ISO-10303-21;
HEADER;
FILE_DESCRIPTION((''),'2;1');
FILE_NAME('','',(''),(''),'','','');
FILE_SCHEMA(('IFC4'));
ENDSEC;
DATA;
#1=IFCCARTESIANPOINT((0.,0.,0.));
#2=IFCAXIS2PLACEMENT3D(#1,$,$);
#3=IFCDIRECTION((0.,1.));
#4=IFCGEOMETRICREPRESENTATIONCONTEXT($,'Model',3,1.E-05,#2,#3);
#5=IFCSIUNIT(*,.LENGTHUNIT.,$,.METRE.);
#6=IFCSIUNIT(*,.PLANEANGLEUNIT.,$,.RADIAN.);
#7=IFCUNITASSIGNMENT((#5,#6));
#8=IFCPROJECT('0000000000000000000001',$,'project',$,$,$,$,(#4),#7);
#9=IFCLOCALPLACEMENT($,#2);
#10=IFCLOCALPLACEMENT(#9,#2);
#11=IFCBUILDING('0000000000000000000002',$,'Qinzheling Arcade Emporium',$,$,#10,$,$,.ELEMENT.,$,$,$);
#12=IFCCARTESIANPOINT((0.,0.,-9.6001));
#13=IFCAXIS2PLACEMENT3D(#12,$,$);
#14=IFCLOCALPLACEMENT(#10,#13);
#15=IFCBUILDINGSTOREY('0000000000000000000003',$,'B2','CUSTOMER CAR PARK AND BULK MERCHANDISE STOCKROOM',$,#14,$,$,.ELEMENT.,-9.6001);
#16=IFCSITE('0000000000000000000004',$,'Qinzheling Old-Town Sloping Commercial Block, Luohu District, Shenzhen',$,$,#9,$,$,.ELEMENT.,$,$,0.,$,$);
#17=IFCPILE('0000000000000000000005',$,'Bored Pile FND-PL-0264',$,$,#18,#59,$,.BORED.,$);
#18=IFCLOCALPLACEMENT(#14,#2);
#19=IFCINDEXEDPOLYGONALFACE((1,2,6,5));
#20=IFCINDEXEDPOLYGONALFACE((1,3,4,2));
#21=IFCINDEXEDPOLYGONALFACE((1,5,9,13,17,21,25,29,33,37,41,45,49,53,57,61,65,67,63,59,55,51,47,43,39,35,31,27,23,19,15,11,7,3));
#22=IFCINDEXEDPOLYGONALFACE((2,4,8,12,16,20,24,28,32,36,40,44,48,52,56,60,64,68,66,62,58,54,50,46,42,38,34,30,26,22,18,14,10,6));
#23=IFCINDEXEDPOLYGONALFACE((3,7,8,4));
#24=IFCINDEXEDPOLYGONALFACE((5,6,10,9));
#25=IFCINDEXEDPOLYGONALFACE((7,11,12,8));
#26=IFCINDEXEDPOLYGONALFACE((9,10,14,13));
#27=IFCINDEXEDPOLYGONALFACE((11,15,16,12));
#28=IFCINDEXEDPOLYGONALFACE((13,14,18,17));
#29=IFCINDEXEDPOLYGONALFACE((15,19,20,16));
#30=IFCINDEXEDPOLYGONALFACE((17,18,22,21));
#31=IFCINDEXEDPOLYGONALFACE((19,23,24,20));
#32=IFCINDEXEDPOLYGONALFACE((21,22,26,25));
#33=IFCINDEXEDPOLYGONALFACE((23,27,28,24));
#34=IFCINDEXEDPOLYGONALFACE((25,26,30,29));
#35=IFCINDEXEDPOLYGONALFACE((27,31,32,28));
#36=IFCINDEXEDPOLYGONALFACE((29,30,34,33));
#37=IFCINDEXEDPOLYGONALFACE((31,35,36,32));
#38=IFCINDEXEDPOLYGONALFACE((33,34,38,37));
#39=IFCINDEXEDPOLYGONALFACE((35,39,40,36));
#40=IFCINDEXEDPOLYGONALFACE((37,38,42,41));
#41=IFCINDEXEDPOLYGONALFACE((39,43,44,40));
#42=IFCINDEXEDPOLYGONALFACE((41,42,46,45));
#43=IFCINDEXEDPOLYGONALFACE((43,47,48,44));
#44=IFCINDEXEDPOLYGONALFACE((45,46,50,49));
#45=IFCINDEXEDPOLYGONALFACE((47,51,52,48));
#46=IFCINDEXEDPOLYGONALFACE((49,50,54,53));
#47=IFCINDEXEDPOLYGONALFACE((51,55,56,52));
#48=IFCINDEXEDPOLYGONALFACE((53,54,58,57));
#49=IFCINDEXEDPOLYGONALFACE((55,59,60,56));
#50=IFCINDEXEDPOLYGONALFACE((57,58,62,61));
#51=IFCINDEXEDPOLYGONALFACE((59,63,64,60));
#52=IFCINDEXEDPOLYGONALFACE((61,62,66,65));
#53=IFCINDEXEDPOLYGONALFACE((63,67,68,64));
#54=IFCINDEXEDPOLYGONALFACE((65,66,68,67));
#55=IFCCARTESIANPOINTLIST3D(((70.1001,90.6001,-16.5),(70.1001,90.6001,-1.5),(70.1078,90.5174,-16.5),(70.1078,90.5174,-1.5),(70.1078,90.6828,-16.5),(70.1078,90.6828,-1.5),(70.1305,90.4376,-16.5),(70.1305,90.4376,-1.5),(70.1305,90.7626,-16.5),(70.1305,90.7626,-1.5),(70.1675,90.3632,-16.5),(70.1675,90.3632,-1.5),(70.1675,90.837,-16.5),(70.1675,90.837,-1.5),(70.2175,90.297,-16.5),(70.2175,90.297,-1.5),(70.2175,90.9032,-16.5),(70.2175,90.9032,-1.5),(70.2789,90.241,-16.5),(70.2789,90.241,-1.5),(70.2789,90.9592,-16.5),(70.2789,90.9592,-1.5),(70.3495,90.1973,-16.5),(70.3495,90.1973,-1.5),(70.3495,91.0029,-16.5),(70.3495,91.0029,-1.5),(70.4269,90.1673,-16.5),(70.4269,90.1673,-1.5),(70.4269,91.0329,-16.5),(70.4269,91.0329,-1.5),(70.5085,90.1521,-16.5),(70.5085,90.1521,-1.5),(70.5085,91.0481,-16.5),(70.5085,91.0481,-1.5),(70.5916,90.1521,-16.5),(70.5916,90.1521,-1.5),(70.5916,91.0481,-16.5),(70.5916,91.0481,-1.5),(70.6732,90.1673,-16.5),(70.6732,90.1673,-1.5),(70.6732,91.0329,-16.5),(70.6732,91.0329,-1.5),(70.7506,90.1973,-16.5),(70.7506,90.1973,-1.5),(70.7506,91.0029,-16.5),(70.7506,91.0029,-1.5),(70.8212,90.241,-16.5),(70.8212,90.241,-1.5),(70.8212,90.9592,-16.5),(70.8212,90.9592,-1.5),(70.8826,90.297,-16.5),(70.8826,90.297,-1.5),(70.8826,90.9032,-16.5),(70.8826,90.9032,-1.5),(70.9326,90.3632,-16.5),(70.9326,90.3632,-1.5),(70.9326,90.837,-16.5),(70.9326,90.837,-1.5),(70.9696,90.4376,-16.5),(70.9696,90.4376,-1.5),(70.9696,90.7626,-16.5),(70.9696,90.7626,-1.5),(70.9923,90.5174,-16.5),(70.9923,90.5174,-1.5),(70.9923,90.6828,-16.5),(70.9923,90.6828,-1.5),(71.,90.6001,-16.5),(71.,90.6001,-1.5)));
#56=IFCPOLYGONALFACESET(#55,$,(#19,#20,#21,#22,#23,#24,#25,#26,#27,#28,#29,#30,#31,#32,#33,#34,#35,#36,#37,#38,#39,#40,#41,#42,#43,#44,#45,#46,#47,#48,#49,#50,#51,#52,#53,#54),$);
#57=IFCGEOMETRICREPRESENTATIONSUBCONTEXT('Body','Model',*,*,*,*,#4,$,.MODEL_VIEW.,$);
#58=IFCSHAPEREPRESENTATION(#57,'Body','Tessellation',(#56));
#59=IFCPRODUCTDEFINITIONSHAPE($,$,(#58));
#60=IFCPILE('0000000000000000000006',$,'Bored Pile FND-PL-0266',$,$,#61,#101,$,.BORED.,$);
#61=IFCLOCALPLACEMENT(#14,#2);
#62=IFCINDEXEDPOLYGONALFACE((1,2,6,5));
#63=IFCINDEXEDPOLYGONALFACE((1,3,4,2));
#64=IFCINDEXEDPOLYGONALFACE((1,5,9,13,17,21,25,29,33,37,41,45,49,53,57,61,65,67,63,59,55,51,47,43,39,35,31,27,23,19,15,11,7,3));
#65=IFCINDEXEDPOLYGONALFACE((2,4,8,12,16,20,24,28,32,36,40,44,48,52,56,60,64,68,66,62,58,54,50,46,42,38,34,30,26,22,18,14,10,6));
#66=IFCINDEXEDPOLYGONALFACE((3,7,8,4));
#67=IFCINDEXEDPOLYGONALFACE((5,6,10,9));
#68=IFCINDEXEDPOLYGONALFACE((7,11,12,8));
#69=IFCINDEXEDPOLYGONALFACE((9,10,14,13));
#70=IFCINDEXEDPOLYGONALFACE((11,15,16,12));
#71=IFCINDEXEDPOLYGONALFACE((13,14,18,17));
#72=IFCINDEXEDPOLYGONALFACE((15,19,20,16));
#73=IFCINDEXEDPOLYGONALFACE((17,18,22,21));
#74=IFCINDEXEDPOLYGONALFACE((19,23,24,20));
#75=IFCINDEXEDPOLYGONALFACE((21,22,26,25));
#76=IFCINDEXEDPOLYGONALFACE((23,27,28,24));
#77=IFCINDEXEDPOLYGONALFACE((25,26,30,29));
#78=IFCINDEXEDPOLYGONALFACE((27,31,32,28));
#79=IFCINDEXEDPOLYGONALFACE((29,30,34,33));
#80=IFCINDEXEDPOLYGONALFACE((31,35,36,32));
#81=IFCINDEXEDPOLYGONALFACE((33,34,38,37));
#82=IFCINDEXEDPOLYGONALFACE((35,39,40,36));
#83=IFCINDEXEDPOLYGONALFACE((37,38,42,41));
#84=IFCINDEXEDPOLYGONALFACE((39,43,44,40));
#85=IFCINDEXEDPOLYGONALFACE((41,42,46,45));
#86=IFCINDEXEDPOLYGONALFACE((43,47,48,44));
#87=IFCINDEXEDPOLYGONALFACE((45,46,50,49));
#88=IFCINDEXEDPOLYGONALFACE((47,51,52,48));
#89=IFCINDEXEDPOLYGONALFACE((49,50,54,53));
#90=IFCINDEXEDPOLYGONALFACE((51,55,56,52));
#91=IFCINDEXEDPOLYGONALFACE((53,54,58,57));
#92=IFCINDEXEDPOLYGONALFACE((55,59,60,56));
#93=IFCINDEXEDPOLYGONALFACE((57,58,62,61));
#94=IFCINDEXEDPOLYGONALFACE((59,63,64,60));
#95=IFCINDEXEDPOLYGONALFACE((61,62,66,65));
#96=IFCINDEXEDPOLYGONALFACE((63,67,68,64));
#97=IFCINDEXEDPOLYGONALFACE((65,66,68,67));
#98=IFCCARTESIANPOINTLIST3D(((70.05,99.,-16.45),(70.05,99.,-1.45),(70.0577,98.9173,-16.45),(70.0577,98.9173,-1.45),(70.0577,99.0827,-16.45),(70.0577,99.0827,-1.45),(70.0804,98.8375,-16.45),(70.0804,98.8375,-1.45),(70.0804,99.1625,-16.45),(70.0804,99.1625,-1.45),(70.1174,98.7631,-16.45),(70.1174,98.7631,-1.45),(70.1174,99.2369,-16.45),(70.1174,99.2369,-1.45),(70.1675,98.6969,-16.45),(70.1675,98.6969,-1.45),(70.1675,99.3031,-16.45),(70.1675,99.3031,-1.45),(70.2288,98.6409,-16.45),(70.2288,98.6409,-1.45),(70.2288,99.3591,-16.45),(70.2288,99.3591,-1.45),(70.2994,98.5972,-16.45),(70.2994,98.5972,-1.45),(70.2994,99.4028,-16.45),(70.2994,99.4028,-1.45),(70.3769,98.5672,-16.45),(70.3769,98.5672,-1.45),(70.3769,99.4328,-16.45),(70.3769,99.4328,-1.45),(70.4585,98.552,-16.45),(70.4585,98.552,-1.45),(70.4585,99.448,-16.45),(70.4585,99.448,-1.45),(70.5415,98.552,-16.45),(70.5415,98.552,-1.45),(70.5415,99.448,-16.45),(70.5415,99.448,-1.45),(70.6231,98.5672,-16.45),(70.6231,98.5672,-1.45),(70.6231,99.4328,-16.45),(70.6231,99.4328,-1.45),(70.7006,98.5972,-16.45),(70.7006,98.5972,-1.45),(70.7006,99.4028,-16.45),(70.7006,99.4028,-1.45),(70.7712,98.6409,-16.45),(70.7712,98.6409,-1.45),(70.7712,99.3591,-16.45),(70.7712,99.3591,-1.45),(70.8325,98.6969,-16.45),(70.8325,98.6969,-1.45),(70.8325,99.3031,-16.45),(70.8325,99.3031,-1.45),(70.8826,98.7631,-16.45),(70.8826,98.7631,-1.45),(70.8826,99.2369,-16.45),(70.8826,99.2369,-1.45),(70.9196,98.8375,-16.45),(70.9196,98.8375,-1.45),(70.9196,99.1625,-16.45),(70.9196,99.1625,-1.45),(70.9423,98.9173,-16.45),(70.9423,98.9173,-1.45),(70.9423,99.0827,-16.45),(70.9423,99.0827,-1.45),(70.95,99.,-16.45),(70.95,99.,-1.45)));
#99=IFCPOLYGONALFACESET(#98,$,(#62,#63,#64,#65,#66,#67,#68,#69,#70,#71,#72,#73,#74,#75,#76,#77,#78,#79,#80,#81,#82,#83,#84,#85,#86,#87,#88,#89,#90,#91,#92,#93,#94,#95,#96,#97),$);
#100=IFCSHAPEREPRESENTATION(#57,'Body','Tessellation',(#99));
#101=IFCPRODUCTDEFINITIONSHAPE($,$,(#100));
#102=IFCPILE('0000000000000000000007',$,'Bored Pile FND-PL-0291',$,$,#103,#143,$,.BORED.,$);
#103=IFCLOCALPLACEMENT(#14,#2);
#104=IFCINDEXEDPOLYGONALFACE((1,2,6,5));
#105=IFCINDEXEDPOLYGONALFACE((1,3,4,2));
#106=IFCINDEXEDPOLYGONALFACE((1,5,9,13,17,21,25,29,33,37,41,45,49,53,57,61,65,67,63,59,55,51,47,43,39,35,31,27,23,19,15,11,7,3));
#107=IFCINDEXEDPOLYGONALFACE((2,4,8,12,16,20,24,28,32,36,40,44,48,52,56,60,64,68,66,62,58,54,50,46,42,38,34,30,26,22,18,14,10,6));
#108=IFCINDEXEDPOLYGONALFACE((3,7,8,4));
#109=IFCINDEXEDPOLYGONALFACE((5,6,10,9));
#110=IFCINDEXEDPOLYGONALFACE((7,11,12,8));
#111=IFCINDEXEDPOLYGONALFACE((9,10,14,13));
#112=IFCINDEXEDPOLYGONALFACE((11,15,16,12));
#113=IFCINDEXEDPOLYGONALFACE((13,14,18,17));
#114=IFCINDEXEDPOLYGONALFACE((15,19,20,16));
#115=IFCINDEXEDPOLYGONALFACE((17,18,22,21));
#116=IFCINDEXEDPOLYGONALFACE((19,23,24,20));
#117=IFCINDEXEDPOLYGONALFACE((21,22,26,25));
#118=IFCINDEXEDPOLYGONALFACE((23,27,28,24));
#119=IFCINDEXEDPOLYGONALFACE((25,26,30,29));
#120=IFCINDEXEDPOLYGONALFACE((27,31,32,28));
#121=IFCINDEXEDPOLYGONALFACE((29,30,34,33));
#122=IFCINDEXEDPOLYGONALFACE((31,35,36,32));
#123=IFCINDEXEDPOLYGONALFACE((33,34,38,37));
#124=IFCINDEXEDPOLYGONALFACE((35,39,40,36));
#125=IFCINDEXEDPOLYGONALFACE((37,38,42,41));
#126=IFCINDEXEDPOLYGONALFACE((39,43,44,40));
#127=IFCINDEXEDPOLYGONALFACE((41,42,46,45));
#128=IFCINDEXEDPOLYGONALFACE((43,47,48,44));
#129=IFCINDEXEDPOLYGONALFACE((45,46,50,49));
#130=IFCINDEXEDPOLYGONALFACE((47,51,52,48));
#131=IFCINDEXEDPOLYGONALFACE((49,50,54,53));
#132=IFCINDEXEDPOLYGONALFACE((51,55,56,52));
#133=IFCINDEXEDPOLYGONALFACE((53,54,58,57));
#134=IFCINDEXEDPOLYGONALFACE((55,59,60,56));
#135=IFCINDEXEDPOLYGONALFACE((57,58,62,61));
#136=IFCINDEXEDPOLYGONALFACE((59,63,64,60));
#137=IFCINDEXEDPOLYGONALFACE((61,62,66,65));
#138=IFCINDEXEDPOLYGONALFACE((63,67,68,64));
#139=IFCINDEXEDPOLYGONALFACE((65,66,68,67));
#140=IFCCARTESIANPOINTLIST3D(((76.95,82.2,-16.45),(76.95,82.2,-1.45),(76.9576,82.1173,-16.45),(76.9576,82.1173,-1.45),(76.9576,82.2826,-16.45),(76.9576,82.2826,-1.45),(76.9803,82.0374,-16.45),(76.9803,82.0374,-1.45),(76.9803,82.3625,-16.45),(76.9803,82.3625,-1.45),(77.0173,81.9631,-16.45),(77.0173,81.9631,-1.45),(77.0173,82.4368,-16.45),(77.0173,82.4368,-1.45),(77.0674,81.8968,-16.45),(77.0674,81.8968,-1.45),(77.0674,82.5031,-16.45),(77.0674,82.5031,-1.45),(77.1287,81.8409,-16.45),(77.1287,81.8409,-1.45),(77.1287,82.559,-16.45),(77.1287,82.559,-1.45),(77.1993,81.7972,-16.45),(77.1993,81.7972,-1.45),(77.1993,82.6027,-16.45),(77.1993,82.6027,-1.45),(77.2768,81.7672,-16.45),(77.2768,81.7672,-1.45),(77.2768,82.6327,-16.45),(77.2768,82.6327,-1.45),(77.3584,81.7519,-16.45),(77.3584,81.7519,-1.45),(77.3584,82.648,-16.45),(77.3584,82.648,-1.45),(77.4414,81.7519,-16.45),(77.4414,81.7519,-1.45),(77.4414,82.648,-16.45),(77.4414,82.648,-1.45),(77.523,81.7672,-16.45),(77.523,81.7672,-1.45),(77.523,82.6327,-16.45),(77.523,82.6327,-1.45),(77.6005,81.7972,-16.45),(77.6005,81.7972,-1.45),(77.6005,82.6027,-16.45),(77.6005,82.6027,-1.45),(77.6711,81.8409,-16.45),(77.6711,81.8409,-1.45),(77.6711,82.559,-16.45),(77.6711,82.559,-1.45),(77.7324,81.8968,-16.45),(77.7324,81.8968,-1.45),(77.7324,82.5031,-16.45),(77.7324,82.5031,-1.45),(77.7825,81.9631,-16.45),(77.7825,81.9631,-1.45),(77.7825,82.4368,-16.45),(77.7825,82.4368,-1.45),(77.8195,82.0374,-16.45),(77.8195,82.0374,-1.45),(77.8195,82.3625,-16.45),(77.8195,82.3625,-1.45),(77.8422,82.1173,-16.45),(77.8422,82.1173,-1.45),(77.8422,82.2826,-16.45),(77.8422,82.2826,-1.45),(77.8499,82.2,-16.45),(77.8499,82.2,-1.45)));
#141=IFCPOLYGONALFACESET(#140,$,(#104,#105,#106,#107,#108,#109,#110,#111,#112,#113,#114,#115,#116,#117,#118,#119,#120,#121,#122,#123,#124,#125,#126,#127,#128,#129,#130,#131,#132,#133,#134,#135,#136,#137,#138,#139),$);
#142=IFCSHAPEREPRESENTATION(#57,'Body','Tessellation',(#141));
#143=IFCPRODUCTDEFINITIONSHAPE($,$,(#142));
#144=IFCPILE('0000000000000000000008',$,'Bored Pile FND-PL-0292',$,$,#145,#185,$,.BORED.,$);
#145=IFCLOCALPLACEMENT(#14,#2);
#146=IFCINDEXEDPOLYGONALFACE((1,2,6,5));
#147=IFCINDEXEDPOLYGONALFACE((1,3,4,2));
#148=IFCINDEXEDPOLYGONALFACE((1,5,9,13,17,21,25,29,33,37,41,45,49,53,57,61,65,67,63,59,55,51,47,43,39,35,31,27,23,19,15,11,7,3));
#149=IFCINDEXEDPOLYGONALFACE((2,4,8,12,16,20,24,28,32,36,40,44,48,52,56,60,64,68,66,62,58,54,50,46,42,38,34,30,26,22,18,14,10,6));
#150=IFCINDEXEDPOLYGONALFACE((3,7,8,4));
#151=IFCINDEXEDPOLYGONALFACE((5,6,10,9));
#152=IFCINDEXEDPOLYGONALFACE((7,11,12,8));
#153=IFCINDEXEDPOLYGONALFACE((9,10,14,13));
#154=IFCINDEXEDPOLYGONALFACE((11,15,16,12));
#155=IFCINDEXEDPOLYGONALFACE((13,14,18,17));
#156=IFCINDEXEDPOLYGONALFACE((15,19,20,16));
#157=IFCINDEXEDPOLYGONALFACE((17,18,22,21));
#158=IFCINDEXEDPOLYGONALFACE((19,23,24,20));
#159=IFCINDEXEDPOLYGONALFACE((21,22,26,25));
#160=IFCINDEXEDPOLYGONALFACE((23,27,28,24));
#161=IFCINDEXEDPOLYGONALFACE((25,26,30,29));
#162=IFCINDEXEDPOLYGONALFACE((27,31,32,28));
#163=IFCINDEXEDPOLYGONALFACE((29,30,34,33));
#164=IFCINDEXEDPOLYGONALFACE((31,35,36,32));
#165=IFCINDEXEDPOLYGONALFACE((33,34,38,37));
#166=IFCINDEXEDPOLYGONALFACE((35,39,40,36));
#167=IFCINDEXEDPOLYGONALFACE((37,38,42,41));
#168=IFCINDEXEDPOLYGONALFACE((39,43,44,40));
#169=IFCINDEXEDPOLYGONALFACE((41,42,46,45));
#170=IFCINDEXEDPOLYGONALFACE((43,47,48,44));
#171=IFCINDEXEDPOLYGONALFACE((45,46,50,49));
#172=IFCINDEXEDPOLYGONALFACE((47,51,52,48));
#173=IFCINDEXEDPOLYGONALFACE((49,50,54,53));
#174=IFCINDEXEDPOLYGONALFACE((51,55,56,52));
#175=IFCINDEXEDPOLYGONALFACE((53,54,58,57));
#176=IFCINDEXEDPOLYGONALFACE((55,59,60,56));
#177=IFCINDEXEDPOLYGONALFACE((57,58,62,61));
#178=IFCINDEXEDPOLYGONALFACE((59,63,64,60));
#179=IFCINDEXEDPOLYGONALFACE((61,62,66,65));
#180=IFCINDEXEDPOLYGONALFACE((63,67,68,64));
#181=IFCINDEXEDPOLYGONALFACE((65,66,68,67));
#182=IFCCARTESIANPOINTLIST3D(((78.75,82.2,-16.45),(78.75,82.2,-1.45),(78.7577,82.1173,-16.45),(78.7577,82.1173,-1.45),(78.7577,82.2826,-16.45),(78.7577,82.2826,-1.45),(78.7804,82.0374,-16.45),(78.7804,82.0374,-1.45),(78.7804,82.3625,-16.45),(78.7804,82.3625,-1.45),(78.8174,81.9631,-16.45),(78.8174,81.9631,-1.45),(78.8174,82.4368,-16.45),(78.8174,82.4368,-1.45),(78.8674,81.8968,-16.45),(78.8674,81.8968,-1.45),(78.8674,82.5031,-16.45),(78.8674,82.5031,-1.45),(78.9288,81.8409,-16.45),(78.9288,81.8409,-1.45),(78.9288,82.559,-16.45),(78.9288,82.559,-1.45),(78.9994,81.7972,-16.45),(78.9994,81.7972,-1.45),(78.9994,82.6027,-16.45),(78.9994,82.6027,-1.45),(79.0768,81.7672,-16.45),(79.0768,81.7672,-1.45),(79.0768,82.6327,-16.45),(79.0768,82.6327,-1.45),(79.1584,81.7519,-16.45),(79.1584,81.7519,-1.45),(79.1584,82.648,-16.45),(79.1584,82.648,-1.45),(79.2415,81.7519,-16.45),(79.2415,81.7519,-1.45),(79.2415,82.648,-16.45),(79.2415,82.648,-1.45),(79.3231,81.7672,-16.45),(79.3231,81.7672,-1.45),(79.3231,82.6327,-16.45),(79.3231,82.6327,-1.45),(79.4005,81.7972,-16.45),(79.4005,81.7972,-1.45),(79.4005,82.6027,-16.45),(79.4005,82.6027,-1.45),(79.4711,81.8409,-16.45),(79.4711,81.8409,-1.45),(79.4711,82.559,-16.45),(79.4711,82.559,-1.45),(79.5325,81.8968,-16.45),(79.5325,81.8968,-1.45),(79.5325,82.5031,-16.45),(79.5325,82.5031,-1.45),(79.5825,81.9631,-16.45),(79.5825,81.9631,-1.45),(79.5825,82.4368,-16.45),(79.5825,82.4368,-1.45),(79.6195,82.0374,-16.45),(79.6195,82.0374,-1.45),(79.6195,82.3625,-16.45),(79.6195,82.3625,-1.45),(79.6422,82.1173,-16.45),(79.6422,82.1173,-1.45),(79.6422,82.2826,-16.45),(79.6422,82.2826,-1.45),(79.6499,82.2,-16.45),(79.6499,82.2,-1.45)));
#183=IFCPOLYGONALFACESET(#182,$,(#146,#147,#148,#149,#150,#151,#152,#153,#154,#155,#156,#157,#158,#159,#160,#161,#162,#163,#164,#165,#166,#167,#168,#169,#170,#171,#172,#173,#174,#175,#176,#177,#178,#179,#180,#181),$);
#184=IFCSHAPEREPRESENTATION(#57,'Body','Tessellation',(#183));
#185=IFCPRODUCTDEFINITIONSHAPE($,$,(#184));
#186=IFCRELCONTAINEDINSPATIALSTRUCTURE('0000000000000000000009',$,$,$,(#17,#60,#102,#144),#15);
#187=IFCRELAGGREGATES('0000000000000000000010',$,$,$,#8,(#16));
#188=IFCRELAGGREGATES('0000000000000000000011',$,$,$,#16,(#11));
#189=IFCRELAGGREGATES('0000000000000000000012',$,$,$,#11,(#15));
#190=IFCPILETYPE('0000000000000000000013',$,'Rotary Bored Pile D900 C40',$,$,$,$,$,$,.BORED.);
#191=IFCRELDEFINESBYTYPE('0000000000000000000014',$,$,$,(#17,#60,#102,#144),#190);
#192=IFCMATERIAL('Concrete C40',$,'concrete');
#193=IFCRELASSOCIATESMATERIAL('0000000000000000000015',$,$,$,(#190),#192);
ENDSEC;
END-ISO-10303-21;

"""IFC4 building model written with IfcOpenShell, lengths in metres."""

from ifc_helpers import new_model, si_unit, direction, frame, origin, origin_2d, place, context, subcontext, project, spatial, circle, extrude, material, material_profile, profile_set, type_object, element, save


model = new_model("IFC4")

# Units and contexts
model_context = context("Model", 3, precision=1e-05, world=origin(), true_north=direction((0.0, 1.0)))
body_context = subcontext(model_context, "Body", "Model", "MODEL_VIEW")
ifc_project = project(units=[si_unit("LENGTHUNIT", "METRE"), si_unit("PLANEANGLEUNIT", "RADIAN")], contexts=[model_context])

# Site, building, storey
site_placement = place(None, origin())
site = spatial("IfcSite", under=ifc_project, at=site_placement, Name="Qinzheling Old-Town Sloping Commercial Block, Luohu District, Shenzhen", CompositionType="ELEMENT", RefElevation=0.0)
building_placement = place(site_placement, origin())
building = spatial("IfcBuilding", under=site, at=building_placement, Name="Qinzheling Arcade Emporium", CompositionType="ELEMENT")
storey_placement = place(building_placement, frame((0.0, 0.0, -9.6001)))
storey = spatial("IfcBuildingStorey", under=building, at=storey_placement, Name="B2", Description="CUSTOMER CAR PARK AND BULK MERCHANDISE STOCKROOM", CompositionType="ELEMENT", Elevation=-9.6001)

# Shared definitions
ifc_material_1 = material(Name="Concrete C40", Category="concrete")

# Piles
ifc_material_profile_1 = material_profile(ifc_material_1, circle(Radius=0.45, at=origin_2d()), Name="BORED D900", Category="concrete")
ifc_profile_set_1 = profile_set([ifc_material_profile_1], Name="Concrete C40")
pile_type_1 = type_object("IfcPileType", Name="Rotary Bored Pile D900 C40", PredefinedType="BORED", material=ifc_profile_set_1)
for number, where, z_axis, x_axis, name in (
    (1, (70.55, 90.6001, -1.5), (0.0, 0.0, -1.0), (1.0, 0.0, 0.0), "Bored Pile FND-PL-0264"),
    (2, (70.5, 99.0, -1.45), (0.0, 0.0, -1.0), (1.0, 0.0, 0.0), "Bored Pile FND-PL-0266"),
    (3, (77.3999, 82.2, -1.45), (0.0, 0.0, -1.0), (1.0, 0.0, 0.0), "Bored Pile FND-PL-0291"),
    (4, (79.2, 82.2, -1.45), (0.0, 0.0, -1.0), (1.0, 0.0, 0.0), "Bored Pile FND-PL-0292"),
):
    element("IfcPile", number, at=place(storey_placement, frame(where, z_axis=z_axis, x_axis=x_axis)), inside=storey, type_object=pile_type_1, Name=name, PredefinedType="BORED", context=body_context, shape_type="SweptSolid", body=[
        extrude(circle(Radius=0.45, at=origin_2d()), origin(), (0.0, 0.0, 1.0), 15.0),
    ])

save(model, "model.ifc")
